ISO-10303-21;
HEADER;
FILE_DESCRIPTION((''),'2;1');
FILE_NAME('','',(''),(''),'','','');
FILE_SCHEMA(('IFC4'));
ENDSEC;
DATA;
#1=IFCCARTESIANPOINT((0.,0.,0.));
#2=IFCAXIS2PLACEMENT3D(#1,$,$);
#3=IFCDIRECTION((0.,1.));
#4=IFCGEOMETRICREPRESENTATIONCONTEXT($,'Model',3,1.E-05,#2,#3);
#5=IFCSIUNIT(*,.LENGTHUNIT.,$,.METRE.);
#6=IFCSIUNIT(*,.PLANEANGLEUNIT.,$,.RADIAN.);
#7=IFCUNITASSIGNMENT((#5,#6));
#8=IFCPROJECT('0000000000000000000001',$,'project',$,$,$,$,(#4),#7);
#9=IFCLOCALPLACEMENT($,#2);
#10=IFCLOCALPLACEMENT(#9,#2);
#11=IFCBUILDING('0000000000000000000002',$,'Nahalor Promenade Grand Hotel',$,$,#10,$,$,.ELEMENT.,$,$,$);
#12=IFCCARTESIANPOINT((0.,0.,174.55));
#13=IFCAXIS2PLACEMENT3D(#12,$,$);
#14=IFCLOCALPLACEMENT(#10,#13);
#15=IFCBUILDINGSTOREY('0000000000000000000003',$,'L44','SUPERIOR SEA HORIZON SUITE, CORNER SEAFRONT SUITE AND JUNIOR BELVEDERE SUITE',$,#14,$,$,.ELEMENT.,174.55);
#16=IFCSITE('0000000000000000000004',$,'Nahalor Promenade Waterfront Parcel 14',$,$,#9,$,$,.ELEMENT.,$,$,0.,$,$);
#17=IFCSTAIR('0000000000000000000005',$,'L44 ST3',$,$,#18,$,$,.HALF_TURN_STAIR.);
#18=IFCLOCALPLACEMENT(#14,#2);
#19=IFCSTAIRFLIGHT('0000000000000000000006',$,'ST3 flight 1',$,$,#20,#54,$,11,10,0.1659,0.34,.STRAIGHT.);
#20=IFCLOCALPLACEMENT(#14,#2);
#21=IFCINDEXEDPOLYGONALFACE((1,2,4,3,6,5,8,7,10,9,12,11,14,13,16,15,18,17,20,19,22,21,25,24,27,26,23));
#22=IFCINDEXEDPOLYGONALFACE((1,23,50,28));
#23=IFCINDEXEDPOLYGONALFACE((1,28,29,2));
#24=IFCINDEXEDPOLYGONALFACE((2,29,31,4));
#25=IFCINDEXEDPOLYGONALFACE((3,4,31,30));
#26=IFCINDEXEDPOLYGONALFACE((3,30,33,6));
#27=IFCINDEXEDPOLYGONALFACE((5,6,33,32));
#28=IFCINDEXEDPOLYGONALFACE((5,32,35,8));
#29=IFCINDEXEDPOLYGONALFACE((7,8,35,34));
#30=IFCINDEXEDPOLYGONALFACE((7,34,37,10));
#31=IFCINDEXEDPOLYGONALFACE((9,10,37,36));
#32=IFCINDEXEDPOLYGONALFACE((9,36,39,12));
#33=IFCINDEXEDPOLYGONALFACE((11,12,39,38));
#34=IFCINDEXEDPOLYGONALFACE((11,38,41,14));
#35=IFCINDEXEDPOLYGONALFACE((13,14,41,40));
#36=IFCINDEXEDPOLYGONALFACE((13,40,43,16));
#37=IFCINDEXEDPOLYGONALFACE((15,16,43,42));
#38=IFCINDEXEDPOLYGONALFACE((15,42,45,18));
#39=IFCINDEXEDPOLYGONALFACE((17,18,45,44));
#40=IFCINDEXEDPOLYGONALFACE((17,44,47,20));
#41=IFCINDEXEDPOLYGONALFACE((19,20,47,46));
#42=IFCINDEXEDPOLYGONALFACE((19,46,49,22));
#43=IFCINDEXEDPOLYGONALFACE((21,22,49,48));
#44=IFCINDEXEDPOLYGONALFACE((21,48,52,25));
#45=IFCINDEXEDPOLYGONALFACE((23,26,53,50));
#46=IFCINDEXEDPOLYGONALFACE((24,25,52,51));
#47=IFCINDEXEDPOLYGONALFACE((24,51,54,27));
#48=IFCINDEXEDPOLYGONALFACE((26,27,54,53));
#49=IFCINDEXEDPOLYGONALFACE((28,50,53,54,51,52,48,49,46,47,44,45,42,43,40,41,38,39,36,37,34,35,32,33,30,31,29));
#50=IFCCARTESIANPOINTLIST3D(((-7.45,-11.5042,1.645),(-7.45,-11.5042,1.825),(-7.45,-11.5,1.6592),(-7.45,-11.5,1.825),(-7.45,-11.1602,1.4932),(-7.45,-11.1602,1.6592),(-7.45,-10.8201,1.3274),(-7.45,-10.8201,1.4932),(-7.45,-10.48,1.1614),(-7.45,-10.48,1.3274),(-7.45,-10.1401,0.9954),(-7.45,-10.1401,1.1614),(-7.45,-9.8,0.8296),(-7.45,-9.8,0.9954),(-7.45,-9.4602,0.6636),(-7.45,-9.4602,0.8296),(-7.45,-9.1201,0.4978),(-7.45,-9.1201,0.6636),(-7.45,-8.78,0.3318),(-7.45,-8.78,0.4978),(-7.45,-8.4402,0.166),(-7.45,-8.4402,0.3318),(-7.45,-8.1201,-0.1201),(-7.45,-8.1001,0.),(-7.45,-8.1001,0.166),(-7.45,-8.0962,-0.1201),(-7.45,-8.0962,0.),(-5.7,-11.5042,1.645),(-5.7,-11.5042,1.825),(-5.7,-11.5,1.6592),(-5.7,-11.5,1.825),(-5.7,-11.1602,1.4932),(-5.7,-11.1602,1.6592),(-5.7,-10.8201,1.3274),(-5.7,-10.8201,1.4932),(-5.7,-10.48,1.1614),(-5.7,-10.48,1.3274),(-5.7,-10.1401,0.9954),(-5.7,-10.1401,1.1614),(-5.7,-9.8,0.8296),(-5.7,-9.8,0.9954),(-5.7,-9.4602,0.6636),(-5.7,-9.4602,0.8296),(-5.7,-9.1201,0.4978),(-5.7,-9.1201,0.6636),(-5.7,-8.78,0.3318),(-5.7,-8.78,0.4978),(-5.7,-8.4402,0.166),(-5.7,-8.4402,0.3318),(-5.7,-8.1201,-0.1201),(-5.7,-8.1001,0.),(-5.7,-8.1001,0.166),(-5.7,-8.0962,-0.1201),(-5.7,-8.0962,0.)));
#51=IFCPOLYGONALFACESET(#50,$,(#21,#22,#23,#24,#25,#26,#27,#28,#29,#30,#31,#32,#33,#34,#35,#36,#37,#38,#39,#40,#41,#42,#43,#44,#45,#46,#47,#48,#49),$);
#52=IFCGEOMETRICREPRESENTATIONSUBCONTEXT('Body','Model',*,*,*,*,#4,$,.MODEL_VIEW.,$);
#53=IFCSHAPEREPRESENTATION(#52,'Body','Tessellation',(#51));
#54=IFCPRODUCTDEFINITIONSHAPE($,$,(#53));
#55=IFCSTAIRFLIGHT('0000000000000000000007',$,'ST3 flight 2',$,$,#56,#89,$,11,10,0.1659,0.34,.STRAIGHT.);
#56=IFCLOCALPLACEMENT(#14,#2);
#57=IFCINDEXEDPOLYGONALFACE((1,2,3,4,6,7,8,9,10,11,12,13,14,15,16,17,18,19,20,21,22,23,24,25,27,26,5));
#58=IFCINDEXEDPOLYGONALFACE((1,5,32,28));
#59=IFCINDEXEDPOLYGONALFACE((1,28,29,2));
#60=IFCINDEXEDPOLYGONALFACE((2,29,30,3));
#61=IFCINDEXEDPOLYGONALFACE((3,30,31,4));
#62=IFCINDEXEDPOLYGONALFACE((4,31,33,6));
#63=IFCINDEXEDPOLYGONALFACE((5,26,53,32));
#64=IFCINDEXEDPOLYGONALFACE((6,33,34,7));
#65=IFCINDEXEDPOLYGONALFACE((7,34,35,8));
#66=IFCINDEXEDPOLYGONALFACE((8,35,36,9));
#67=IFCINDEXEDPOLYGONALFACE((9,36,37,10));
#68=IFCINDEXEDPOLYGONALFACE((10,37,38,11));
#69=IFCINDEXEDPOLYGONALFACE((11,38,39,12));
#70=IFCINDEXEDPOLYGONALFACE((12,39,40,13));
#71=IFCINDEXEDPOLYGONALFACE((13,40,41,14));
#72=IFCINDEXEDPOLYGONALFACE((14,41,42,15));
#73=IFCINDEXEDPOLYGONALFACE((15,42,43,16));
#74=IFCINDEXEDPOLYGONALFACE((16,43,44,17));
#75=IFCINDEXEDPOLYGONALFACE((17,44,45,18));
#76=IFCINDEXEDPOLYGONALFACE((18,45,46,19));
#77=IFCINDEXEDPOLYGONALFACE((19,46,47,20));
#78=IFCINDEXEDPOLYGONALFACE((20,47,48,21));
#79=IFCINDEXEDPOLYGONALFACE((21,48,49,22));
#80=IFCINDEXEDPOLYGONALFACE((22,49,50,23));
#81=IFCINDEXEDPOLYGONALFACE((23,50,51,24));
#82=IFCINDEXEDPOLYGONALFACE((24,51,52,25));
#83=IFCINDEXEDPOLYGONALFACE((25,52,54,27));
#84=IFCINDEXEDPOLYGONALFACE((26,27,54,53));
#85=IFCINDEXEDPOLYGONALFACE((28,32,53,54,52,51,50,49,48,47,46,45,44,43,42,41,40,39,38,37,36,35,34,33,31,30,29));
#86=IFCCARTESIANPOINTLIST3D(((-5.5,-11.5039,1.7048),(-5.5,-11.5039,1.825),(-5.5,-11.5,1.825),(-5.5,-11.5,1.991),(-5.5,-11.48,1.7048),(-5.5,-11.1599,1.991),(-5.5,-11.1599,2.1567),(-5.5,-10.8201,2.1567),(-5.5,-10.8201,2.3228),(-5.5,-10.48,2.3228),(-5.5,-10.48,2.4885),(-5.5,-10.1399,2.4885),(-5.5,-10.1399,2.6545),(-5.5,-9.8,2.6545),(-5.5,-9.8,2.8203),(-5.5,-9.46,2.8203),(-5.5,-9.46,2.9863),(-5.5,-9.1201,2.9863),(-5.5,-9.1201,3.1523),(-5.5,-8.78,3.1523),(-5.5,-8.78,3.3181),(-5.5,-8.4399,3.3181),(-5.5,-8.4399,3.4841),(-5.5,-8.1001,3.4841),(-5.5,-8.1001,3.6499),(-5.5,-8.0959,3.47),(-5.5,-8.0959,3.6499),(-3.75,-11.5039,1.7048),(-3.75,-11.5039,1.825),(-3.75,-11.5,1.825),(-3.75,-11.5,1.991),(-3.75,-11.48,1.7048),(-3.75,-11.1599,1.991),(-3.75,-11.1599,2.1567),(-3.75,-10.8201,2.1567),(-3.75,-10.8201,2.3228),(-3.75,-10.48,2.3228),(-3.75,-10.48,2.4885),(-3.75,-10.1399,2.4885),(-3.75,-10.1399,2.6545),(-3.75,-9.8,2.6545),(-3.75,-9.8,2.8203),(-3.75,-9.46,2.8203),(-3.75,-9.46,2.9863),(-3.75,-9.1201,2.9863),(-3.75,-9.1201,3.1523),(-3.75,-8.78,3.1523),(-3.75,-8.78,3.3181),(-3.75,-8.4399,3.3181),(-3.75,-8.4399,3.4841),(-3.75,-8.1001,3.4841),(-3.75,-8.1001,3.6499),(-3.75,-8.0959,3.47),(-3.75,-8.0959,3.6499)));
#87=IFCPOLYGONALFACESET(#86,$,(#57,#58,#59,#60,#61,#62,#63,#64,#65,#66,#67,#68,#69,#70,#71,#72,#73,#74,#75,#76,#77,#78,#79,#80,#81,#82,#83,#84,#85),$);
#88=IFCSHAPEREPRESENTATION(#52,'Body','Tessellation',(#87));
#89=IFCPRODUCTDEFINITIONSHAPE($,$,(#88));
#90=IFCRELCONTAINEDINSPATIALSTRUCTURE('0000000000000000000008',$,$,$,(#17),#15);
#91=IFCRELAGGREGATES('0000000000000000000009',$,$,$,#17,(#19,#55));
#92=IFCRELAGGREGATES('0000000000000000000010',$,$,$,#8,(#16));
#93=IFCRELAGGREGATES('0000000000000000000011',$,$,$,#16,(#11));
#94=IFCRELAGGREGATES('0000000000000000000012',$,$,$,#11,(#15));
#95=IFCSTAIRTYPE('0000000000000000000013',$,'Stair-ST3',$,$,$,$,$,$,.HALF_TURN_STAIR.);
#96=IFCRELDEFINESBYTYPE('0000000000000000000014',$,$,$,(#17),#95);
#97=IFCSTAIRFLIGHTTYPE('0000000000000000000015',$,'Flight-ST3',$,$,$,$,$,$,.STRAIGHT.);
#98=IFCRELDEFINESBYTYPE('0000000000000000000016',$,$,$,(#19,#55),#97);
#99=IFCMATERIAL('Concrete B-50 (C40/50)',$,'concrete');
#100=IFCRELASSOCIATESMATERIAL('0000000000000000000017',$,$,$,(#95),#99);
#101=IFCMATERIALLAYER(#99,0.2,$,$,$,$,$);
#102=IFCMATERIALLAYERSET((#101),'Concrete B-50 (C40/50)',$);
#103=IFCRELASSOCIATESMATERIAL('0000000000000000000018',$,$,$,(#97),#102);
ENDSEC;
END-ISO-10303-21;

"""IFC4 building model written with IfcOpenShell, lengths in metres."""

from ifc_helpers import new_model, si_unit, direction, frame, origin, place, context, subcontext, project, spatial, polyline, outline, extrude, source, transform, mapped, material, layer, layer_set, type_object, element, aggregate, save


model = new_model("IFC4")

# Units and contexts
model_context = context("Model", 3, precision=1e-05, world=origin(), true_north=direction((0.0, 1.0)))
body_context = subcontext(model_context, "Body", "Model", "MODEL_VIEW")
ifc_project = project(units=[si_unit("LENGTHUNIT", "METRE"), si_unit("PLANEANGLEUNIT", "RADIAN")], contexts=[model_context])

# Site, building, storey
site_placement = place(None, origin())
site = spatial("IfcSite", under=ifc_project, at=site_placement, Name="Nahalor Promenade Waterfront Parcel 14", CompositionType="ELEMENT", RefElevation=0.0)
building_placement = place(site_placement, origin())
building = spatial("IfcBuilding", under=site, at=building_placement, Name="Nahalor Promenade Grand Hotel", CompositionType="ELEMENT")
storey_placement = place(building_placement, frame((0.0, 0.0, 174.55)))
storey = spatial("IfcBuildingStorey", under=building, at=storey_placement, Name="L44", Description="SUPERIOR SEA HORIZON SUITE, CORNER SEAFRONT SUITE AND JUNIOR BELVEDERE SUITE", CompositionType="ELEMENT", Elevation=174.55)

# Shared definitions
ifc_material_1 = material(Name="Concrete B-50 (C40/50)", Category="concrete")

# Stair, stair flights
stair_type = type_object("IfcStairType", Name="Stair-ST3", PredefinedType="HALF_TURN_STAIR", material=ifc_material_1)
stair_placement = place(storey_placement, origin())
stair = element("IfcStair", 1, at=stair_placement, inside=storey, type_object=stair_type, Name="L44 ST3", PredefinedType="HALF_TURN_STAIR")
ifc_layer_1 = layer(ifc_material_1, 0.2)
ifc_layer_set_1 = layer_set([ifc_layer_1], Name="Concrete B-50 (C40/50)")
stair_flight_type = type_object("IfcStairFlightType", Name="Flight-ST3", PredefinedType="STRAIGHT", material=ifc_layer_set_1)
shared_shape_1 = source(origin(), body_context, "Body", "SweptSolid", [
    extrude(outline(polyline([(-0.0039, -0.1201), (-0.0039, 0.0), (0.0, 0.0), (0.0, 0.166), (0.3401, 0.166), (0.3401, 0.3318), (0.6799, 0.3318), (0.6799, 0.4978), (1.02, 0.4978), (1.02, 0.6636), (1.3601, 0.6636), (1.3601, 0.8296), (1.7, 0.8296), (1.7, 0.9954), (2.04, 0.9954), (2.04, 1.1614), (2.3799, 1.1614), (2.3799, 1.3274), (2.72, 1.3274), (2.72, 1.4932), (3.0601, 1.4932), (3.0601, 1.6592), (3.3999, 1.6592), (3.3999, 1.825), (3.4041, 1.825), (3.4041, 1.645), (0.02, -0.1201), (-0.0039, -0.1201)])), frame((0.0, 0.875, 0.0), z_axis=(0.0, -1.0, 0.0), x_axis=(1.0, 0.0, 0.0)), (0.0, 0.0, 1.0), 1.75),
])
stair_flight_1_placement = place(storey_placement, frame((-6.575, -8.1001, 0.0), z_axis=(0.0, 0.0, 1.0), x_axis=(0.0, -1.0, 0.0)))
stair_flight_1 = element("IfcStairFlight", 2, at=stair_flight_1_placement, type_object=stair_flight_type, Name="ST3 flight 1", NumberOfRisers=11, NumberOfTreads=10, PredefinedType="STRAIGHT", RiserHeight=0.1659, TreadLength=0.34, context=body_context, shape_type="MappedRepresentation", body=[
    mapped(shared_shape_1, transform((0.0, 0.0, 0.0), scale=1.0)),
])
stair_flight_2_placement = place(storey_placement, frame((-4.625, -11.5, 1.825), z_axis=(0.0, 0.0, 1.0), x_axis=(0.0, 1.0, 0.0)))
stair_flight_2 = element("IfcStairFlight", 3, at=stair_flight_2_placement, type_object=stair_flight_type, Name="ST3 flight 2", NumberOfRisers=11, NumberOfTreads=10, PredefinedType="STRAIGHT", RiserHeight=0.1659, TreadLength=0.34, context=body_context, shape_type="MappedRepresentation", body=[
    mapped(shared_shape_1, transform((0.0, 0.0, 0.0), scale=1.0)),
])
aggregate(stair, [stair_flight_1, stair_flight_2])

save(model, "model.ifc")
